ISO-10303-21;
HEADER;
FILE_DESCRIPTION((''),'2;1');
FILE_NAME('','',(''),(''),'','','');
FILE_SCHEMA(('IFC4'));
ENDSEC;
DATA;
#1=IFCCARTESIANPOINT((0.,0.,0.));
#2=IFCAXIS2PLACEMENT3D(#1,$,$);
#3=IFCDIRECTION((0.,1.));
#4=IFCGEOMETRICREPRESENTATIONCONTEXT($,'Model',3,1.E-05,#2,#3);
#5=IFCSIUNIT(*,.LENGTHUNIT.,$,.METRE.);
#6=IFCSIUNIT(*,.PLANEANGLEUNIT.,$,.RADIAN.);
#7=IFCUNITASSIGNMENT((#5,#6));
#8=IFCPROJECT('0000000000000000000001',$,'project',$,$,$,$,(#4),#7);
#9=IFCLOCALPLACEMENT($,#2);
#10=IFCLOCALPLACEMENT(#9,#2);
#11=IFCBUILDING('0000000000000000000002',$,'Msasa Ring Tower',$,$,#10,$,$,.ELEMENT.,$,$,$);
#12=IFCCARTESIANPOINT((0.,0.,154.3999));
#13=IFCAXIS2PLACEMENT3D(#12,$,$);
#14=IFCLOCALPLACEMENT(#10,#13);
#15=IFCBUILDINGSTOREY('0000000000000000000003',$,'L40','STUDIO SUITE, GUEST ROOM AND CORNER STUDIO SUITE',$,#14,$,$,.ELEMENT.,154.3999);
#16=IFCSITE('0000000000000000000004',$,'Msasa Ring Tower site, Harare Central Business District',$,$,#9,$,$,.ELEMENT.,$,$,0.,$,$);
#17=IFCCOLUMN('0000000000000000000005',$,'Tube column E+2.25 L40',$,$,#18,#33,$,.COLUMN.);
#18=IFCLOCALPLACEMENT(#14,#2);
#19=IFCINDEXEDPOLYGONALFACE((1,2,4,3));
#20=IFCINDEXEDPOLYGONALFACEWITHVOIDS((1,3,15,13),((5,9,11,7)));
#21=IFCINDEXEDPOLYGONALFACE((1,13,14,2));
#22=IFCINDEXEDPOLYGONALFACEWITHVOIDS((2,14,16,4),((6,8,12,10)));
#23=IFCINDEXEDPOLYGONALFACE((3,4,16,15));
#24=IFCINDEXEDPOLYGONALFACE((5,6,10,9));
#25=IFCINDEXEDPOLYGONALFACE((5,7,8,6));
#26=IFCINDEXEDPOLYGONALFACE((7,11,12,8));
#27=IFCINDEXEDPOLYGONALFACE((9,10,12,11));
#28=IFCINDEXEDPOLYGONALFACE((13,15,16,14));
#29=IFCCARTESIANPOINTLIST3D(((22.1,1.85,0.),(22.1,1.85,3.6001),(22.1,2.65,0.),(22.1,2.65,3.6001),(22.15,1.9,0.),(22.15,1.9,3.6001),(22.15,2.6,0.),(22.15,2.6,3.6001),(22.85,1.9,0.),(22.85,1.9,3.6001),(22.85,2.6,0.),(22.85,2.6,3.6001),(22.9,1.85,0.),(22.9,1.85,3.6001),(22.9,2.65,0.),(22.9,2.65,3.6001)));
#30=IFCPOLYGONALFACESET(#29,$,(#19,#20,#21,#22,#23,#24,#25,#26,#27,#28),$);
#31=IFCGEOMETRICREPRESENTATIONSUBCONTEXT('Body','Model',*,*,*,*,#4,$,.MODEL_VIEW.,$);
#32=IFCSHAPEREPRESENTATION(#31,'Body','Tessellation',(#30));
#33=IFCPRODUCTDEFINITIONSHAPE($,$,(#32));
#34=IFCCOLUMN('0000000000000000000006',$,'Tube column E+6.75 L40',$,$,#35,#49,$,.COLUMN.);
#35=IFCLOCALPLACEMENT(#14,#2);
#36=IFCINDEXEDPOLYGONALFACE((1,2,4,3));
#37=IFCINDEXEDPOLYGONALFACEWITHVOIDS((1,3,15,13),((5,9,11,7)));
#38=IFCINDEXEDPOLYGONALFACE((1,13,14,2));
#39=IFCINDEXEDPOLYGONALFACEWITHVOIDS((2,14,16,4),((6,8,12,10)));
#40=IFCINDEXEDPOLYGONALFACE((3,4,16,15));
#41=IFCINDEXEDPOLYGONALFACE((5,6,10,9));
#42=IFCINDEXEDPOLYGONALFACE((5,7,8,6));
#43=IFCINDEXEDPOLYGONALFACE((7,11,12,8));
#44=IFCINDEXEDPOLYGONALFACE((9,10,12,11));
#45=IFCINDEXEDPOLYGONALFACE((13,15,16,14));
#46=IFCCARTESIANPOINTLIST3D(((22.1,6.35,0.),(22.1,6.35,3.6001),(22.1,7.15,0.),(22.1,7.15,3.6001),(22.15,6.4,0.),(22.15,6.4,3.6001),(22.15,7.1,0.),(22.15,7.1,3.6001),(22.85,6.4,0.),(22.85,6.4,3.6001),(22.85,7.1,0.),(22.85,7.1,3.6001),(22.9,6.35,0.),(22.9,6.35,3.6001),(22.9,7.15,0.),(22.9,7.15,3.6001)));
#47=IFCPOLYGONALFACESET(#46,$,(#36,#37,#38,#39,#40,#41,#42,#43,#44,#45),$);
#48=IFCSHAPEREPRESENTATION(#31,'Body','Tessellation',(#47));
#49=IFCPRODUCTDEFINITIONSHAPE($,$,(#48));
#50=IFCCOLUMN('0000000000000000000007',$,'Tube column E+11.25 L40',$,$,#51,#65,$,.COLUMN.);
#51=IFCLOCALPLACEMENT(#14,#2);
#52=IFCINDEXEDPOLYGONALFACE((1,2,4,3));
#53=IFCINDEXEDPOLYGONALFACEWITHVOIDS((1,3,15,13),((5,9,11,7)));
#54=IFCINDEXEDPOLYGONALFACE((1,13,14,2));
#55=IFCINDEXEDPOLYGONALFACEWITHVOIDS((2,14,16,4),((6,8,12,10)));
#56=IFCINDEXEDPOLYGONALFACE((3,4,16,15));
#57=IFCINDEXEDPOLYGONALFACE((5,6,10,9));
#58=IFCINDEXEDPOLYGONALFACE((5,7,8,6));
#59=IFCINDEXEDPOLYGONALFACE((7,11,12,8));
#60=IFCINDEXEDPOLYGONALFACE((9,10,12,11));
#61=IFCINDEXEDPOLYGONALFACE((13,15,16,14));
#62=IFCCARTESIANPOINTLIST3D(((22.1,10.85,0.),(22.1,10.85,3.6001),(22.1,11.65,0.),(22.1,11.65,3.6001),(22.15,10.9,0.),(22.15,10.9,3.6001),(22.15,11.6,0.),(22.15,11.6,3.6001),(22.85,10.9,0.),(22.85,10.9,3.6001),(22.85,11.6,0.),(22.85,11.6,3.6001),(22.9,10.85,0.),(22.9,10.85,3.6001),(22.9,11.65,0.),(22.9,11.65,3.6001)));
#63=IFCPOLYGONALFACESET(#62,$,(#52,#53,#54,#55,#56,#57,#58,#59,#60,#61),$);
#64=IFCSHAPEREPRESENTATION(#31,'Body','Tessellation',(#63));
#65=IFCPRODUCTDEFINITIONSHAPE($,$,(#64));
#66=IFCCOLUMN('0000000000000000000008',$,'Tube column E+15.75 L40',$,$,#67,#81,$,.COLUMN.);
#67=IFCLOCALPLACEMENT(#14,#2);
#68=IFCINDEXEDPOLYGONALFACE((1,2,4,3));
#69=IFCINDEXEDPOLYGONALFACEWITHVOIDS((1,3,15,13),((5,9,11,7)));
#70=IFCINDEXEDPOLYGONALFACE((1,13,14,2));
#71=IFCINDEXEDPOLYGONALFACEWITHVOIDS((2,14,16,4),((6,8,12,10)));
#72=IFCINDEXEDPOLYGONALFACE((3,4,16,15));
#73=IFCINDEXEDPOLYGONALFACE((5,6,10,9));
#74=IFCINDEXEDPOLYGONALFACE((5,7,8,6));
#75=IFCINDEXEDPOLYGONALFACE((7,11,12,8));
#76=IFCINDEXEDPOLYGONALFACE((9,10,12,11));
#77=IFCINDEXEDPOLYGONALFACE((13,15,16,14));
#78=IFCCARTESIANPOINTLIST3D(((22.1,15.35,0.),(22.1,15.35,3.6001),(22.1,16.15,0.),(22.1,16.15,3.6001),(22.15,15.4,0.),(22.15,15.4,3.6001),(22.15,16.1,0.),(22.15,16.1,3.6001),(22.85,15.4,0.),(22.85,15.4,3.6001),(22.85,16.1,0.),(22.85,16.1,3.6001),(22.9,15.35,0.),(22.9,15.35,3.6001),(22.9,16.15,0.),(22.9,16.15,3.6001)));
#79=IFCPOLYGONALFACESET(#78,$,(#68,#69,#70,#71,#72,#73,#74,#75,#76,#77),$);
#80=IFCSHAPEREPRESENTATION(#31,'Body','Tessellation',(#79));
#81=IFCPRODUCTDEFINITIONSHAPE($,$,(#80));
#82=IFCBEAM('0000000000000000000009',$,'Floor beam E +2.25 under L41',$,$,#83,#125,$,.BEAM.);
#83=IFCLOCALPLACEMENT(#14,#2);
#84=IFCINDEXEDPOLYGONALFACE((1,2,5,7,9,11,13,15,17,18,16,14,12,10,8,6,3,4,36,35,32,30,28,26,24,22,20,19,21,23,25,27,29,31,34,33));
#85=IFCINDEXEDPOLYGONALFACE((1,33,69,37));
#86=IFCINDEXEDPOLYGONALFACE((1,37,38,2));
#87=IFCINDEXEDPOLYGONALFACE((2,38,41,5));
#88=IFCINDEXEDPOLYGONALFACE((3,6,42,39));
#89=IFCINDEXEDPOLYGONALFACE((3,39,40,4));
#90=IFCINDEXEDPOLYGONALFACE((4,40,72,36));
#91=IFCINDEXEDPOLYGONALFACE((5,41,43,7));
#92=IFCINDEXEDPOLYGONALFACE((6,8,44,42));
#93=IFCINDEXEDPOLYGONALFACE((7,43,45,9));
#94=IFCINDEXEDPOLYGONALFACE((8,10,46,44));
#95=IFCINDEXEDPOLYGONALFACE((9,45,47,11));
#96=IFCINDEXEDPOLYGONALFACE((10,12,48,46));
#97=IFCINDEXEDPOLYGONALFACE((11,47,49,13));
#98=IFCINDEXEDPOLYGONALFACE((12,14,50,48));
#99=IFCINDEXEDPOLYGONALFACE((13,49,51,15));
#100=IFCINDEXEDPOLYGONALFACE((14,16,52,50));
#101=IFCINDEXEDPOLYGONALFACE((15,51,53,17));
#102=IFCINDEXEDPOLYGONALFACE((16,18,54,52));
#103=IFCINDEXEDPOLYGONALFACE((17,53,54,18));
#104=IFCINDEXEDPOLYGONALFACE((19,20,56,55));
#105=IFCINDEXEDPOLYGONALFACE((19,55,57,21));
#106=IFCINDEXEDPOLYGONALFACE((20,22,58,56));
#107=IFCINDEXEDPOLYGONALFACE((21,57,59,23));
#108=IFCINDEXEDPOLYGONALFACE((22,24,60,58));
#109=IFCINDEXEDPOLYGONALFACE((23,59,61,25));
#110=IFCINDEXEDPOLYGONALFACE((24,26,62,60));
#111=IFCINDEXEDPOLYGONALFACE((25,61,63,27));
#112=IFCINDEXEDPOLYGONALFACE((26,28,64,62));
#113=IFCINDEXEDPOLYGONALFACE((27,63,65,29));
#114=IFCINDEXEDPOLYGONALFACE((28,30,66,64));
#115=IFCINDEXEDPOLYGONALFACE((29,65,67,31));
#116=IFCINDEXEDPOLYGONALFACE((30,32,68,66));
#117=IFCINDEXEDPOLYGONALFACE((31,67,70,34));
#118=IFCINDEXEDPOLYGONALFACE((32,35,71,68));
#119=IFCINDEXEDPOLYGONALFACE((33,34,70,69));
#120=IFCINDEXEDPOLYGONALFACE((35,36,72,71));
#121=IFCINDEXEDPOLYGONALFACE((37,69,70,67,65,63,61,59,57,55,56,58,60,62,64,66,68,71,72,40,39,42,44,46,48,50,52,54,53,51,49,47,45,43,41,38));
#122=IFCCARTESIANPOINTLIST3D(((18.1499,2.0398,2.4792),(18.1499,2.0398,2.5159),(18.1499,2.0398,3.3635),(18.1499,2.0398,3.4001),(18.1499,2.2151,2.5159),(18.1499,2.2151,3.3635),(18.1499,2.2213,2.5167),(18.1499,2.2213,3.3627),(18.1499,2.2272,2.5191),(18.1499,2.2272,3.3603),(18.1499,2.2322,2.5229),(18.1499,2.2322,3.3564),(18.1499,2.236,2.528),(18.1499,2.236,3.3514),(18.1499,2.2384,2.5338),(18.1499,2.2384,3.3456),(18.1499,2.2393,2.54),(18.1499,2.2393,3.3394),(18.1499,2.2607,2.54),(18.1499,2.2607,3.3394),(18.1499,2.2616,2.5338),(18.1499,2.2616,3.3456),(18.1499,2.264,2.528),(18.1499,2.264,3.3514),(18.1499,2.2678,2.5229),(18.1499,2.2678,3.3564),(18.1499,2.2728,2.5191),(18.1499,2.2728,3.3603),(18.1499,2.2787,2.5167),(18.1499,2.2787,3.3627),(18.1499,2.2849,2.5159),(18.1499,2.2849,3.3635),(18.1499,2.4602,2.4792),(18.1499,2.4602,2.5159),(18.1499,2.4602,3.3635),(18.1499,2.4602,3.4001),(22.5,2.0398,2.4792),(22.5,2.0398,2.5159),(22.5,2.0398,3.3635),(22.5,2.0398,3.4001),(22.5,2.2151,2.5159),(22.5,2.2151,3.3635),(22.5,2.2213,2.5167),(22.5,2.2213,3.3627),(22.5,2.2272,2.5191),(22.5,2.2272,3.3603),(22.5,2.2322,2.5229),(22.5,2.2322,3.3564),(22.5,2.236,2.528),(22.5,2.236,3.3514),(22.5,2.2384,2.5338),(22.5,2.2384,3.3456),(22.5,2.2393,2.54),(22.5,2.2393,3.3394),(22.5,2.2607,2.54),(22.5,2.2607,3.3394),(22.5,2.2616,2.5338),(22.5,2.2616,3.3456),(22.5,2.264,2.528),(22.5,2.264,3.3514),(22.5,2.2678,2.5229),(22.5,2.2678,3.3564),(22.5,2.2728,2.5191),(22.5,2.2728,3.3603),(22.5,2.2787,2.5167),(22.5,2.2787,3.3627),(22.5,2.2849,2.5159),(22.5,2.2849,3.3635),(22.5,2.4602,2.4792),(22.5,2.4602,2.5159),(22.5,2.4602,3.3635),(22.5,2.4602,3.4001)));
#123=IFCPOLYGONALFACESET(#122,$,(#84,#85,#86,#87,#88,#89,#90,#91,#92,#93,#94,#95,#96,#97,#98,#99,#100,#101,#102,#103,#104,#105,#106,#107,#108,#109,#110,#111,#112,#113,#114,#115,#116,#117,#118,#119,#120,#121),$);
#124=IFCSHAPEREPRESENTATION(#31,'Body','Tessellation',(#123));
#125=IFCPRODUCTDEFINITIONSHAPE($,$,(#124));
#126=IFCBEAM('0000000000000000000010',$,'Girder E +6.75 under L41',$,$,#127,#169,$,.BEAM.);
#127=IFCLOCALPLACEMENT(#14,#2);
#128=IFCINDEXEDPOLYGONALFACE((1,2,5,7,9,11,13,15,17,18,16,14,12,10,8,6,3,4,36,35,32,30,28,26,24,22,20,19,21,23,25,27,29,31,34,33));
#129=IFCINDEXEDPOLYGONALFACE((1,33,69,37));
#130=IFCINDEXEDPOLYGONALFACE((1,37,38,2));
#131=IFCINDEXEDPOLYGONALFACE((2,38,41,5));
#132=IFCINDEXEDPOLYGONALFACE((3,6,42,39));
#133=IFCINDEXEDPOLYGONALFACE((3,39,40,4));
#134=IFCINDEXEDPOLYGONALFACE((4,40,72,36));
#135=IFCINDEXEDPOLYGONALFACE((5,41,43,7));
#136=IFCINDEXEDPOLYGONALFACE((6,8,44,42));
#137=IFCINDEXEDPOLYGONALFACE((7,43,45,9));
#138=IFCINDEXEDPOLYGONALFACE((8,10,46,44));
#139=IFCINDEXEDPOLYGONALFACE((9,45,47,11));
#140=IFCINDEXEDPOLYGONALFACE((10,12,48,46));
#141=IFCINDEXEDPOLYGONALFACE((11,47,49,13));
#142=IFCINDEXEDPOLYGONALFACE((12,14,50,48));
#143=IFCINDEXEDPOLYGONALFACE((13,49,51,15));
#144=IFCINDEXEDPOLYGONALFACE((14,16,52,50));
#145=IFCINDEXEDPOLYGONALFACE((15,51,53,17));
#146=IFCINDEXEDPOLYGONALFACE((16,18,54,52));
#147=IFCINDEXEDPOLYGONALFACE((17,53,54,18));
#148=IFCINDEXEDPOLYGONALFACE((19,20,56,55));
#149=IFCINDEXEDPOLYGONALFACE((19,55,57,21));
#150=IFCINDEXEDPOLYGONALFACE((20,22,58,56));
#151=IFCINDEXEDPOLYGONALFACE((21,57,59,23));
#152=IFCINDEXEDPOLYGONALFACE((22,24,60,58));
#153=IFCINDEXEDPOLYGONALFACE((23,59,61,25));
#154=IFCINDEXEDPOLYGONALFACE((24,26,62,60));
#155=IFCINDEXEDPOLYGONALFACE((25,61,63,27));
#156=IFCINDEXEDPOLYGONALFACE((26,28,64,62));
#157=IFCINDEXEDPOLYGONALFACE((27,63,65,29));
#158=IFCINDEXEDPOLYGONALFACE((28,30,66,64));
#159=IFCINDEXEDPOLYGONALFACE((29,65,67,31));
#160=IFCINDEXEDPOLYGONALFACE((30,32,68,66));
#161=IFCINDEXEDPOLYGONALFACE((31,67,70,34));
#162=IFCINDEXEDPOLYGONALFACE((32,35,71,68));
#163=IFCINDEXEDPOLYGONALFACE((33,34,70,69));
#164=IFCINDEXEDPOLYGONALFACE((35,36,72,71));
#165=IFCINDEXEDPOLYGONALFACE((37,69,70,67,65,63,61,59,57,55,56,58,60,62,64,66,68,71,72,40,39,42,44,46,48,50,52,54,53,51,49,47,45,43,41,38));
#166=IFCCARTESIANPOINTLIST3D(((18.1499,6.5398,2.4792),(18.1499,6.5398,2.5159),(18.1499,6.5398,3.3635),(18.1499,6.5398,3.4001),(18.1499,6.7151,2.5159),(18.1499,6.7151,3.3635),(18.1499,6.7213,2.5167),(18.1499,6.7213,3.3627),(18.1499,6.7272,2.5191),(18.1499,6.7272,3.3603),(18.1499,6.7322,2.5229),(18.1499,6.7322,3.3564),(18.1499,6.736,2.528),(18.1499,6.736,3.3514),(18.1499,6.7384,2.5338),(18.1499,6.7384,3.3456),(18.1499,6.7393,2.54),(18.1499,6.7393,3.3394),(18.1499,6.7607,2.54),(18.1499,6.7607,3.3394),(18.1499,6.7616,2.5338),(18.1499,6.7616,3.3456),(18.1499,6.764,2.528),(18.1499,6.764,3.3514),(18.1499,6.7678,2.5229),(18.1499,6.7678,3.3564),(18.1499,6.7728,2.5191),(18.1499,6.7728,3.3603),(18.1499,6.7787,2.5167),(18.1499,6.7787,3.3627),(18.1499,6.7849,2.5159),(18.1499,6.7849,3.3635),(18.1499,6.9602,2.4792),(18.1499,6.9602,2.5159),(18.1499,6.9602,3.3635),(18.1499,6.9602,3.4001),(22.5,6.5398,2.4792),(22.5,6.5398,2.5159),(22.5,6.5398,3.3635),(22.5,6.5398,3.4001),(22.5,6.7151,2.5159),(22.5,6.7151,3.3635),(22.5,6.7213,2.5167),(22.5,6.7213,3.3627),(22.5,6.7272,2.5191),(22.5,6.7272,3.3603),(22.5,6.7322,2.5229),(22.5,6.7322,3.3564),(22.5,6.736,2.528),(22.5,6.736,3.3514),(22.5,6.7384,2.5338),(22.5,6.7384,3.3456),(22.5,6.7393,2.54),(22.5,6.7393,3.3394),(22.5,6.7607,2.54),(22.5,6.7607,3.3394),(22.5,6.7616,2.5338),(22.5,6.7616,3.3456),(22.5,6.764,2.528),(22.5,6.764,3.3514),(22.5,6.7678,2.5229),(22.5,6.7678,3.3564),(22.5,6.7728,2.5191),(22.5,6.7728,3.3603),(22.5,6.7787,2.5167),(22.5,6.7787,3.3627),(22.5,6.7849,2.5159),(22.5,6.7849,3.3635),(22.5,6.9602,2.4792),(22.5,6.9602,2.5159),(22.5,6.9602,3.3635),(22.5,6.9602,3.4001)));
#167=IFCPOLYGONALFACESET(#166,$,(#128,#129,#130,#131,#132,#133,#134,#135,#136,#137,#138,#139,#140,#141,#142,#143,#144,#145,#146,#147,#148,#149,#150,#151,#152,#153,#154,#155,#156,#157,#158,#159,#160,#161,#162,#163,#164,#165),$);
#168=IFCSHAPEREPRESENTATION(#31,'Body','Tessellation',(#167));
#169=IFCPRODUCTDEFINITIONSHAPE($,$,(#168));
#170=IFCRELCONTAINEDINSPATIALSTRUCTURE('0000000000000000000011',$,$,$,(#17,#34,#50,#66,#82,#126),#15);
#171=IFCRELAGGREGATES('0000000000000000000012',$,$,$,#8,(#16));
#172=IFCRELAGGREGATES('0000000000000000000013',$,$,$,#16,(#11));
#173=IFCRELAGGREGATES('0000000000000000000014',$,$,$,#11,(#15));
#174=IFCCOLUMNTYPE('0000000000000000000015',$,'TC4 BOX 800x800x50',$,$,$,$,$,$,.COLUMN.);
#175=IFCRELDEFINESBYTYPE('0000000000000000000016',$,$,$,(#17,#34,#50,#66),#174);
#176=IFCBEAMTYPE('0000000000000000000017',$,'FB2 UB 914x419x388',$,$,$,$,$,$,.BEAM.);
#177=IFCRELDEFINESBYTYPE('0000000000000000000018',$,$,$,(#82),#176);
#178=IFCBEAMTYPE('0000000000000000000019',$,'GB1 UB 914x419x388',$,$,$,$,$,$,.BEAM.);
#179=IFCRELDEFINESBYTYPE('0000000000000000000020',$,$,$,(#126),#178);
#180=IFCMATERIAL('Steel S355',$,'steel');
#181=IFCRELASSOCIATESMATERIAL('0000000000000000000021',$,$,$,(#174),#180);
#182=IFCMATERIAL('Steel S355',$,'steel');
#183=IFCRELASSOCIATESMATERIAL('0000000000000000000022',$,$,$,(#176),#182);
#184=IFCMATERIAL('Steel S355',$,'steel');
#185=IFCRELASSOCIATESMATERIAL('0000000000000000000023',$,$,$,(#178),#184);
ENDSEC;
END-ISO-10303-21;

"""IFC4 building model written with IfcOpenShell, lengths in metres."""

from ifc_helpers import new_model, si_unit, direction, frame, origin, origin_2d, place, context, subcontext, project, spatial, hollow_rectangle, i_section, extrude, material, material_profile, profile_set, type_object, element, save


model = new_model("IFC4")

# Units and contexts
model_context = context("Model", 3, precision=1e-05, world=origin(), true_north=direction((0.0, 1.0)))
body_context = subcontext(model_context, "Body", "Model", "MODEL_VIEW")
ifc_project = project(units=[si_unit("LENGTHUNIT", "METRE"), si_unit("PLANEANGLEUNIT", "RADIAN")], contexts=[model_context])

# Site, building, storey
site_placement = place(None, origin())
site = spatial("IfcSite", under=ifc_project, at=site_placement, Name="Msasa Ring Tower site, Harare Central Business District", CompositionType="ELEMENT", RefElevation=0.0)
building_placement = place(site_placement, origin())
building = spatial("IfcBuilding", under=site, at=building_placement, Name="Msasa Ring Tower", CompositionType="ELEMENT")
storey_placement = place(building_placement, frame((0.0, 0.0, 154.3999)))
storey = spatial("IfcBuildingStorey", under=building, at=storey_placement, Name="L40", Description="STUDIO SUITE, GUEST ROOM AND CORNER STUDIO SUITE", CompositionType="ELEMENT", Elevation=154.3999)

# Columns
ifc_material_1 = material(Name="Steel S355", Category="steel")
ifc_material_profile_1 = material_profile(ifc_material_1, hollow_rectangle(XDim=0.8, YDim=0.8, WallThickness=0.05, at=origin_2d()), Name="BOX 800x800x50")
ifc_profile_set_1 = profile_set([ifc_material_profile_1], Name="Steel S355")
column_type = type_object("IfcColumnType", Name="TC4 BOX 800x800x50", PredefinedType="COLUMN", material=ifc_profile_set_1)
for number, where, z_axis, x_axis, name in (
    (1, (22.5, 2.25, 0.0), (0.0, 0.0, 1.0), (1.0, 0.0, 0.0), "Tube column E+2.25 L40"),
    (2, (22.5, 6.75, 0.0), (0.0, 0.0, 1.0), (1.0, 0.0, 0.0), "Tube column E+6.75 L40"),
    (3, (22.5, 11.25, 0.0), (0.0, 0.0, 1.0), (1.0, 0.0, 0.0), "Tube column E+11.25 L40"),
    (4, (22.5, 15.75, 0.0), (0.0, 0.0, 1.0), (1.0, 0.0, 0.0), "Tube column E+15.75 L40"),
):
    element("IfcColumn", number, at=place(storey_placement, frame(where, z_axis=z_axis, x_axis=x_axis)), inside=storey, type_object=column_type, Name=name, PredefinedType="COLUMN", context=body_context, shape_type="SweptSolid", body=[
        extrude(hollow_rectangle(XDim=0.8, YDim=0.8, WallThickness=0.05, at=origin_2d()), origin(), (0.0, 0.0, 1.0), 3.6001),
    ])

# Beams
ifc_material_2 = material(Name="Steel S355", Category="steel")
ifc_material_profile_2 = material_profile(ifc_material_2, i_section(OverallWidth=0.4204, OverallDepth=0.9209, WebThickness=0.0215, FlangeThickness=0.0366, FilletRadius=0.0242, at=origin_2d()), Name="UB 914x419x388")
ifc_profile_set_2 = profile_set([ifc_material_profile_2], Name="Steel S355")
beam_type_1 = type_object("IfcBeamType", Name="FB2 UB 914x419x388", PredefinedType="BEAM", material=ifc_profile_set_2)
beam_1_placement = place(storey_placement, frame((22.5, 2.25, 2.9397), z_axis=(-1.0, 0.0, 0.0), x_axis=(0.0, -1.0, 0.0)))
element("IfcBeam", 5, at=beam_1_placement, inside=storey, type_object=beam_type_1, Name="Floor beam E +2.25 under L41", PredefinedType="BEAM", context=body_context, shape_type="SweptSolid", body=[
    extrude(i_section(OverallWidth=0.4204, OverallDepth=0.9209, WebThickness=0.0215, FlangeThickness=0.0366, FilletRadius=0.0242, at=origin_2d()), origin(), (0.0, 0.0, 1.0), 4.3501),
])
ifc_material_3 = material(Name="Steel S355", Category="steel")
ifc_material_profile_3 = material_profile(ifc_material_3, i_section(OverallWidth=0.4204, OverallDepth=0.9209, WebThickness=0.0215, FlangeThickness=0.0366, FilletRadius=0.0242, at=origin_2d()), Name="UB 914x419x388")
ifc_profile_set_3 = profile_set([ifc_material_profile_3], Name="Steel S355")
beam_type_2 = type_object("IfcBeamType", Name="GB1 UB 914x419x388", PredefinedType="BEAM", material=ifc_profile_set_3)
beam_2_placement = place(storey_placement, frame((18.1499, 6.75, 2.9397), z_axis=(1.0, 0.0, 0.0), x_axis=(0.0, 1.0, 0.0)))
element("IfcBeam", 6, at=beam_2_placement, inside=storey, type_object=beam_type_2, Name="Girder E +6.75 under L41", PredefinedType="BEAM", context=body_context, shape_type="SweptSolid", body=[
    extrude(i_section(OverallWidth=0.4204, OverallDepth=0.9209, WebThickness=0.0215, FlangeThickness=0.0366, FilletRadius=0.0242, at=origin_2d()), origin(), (0.0, 0.0, 1.0), 4.3501),
])

save(model, "model.ifc")
